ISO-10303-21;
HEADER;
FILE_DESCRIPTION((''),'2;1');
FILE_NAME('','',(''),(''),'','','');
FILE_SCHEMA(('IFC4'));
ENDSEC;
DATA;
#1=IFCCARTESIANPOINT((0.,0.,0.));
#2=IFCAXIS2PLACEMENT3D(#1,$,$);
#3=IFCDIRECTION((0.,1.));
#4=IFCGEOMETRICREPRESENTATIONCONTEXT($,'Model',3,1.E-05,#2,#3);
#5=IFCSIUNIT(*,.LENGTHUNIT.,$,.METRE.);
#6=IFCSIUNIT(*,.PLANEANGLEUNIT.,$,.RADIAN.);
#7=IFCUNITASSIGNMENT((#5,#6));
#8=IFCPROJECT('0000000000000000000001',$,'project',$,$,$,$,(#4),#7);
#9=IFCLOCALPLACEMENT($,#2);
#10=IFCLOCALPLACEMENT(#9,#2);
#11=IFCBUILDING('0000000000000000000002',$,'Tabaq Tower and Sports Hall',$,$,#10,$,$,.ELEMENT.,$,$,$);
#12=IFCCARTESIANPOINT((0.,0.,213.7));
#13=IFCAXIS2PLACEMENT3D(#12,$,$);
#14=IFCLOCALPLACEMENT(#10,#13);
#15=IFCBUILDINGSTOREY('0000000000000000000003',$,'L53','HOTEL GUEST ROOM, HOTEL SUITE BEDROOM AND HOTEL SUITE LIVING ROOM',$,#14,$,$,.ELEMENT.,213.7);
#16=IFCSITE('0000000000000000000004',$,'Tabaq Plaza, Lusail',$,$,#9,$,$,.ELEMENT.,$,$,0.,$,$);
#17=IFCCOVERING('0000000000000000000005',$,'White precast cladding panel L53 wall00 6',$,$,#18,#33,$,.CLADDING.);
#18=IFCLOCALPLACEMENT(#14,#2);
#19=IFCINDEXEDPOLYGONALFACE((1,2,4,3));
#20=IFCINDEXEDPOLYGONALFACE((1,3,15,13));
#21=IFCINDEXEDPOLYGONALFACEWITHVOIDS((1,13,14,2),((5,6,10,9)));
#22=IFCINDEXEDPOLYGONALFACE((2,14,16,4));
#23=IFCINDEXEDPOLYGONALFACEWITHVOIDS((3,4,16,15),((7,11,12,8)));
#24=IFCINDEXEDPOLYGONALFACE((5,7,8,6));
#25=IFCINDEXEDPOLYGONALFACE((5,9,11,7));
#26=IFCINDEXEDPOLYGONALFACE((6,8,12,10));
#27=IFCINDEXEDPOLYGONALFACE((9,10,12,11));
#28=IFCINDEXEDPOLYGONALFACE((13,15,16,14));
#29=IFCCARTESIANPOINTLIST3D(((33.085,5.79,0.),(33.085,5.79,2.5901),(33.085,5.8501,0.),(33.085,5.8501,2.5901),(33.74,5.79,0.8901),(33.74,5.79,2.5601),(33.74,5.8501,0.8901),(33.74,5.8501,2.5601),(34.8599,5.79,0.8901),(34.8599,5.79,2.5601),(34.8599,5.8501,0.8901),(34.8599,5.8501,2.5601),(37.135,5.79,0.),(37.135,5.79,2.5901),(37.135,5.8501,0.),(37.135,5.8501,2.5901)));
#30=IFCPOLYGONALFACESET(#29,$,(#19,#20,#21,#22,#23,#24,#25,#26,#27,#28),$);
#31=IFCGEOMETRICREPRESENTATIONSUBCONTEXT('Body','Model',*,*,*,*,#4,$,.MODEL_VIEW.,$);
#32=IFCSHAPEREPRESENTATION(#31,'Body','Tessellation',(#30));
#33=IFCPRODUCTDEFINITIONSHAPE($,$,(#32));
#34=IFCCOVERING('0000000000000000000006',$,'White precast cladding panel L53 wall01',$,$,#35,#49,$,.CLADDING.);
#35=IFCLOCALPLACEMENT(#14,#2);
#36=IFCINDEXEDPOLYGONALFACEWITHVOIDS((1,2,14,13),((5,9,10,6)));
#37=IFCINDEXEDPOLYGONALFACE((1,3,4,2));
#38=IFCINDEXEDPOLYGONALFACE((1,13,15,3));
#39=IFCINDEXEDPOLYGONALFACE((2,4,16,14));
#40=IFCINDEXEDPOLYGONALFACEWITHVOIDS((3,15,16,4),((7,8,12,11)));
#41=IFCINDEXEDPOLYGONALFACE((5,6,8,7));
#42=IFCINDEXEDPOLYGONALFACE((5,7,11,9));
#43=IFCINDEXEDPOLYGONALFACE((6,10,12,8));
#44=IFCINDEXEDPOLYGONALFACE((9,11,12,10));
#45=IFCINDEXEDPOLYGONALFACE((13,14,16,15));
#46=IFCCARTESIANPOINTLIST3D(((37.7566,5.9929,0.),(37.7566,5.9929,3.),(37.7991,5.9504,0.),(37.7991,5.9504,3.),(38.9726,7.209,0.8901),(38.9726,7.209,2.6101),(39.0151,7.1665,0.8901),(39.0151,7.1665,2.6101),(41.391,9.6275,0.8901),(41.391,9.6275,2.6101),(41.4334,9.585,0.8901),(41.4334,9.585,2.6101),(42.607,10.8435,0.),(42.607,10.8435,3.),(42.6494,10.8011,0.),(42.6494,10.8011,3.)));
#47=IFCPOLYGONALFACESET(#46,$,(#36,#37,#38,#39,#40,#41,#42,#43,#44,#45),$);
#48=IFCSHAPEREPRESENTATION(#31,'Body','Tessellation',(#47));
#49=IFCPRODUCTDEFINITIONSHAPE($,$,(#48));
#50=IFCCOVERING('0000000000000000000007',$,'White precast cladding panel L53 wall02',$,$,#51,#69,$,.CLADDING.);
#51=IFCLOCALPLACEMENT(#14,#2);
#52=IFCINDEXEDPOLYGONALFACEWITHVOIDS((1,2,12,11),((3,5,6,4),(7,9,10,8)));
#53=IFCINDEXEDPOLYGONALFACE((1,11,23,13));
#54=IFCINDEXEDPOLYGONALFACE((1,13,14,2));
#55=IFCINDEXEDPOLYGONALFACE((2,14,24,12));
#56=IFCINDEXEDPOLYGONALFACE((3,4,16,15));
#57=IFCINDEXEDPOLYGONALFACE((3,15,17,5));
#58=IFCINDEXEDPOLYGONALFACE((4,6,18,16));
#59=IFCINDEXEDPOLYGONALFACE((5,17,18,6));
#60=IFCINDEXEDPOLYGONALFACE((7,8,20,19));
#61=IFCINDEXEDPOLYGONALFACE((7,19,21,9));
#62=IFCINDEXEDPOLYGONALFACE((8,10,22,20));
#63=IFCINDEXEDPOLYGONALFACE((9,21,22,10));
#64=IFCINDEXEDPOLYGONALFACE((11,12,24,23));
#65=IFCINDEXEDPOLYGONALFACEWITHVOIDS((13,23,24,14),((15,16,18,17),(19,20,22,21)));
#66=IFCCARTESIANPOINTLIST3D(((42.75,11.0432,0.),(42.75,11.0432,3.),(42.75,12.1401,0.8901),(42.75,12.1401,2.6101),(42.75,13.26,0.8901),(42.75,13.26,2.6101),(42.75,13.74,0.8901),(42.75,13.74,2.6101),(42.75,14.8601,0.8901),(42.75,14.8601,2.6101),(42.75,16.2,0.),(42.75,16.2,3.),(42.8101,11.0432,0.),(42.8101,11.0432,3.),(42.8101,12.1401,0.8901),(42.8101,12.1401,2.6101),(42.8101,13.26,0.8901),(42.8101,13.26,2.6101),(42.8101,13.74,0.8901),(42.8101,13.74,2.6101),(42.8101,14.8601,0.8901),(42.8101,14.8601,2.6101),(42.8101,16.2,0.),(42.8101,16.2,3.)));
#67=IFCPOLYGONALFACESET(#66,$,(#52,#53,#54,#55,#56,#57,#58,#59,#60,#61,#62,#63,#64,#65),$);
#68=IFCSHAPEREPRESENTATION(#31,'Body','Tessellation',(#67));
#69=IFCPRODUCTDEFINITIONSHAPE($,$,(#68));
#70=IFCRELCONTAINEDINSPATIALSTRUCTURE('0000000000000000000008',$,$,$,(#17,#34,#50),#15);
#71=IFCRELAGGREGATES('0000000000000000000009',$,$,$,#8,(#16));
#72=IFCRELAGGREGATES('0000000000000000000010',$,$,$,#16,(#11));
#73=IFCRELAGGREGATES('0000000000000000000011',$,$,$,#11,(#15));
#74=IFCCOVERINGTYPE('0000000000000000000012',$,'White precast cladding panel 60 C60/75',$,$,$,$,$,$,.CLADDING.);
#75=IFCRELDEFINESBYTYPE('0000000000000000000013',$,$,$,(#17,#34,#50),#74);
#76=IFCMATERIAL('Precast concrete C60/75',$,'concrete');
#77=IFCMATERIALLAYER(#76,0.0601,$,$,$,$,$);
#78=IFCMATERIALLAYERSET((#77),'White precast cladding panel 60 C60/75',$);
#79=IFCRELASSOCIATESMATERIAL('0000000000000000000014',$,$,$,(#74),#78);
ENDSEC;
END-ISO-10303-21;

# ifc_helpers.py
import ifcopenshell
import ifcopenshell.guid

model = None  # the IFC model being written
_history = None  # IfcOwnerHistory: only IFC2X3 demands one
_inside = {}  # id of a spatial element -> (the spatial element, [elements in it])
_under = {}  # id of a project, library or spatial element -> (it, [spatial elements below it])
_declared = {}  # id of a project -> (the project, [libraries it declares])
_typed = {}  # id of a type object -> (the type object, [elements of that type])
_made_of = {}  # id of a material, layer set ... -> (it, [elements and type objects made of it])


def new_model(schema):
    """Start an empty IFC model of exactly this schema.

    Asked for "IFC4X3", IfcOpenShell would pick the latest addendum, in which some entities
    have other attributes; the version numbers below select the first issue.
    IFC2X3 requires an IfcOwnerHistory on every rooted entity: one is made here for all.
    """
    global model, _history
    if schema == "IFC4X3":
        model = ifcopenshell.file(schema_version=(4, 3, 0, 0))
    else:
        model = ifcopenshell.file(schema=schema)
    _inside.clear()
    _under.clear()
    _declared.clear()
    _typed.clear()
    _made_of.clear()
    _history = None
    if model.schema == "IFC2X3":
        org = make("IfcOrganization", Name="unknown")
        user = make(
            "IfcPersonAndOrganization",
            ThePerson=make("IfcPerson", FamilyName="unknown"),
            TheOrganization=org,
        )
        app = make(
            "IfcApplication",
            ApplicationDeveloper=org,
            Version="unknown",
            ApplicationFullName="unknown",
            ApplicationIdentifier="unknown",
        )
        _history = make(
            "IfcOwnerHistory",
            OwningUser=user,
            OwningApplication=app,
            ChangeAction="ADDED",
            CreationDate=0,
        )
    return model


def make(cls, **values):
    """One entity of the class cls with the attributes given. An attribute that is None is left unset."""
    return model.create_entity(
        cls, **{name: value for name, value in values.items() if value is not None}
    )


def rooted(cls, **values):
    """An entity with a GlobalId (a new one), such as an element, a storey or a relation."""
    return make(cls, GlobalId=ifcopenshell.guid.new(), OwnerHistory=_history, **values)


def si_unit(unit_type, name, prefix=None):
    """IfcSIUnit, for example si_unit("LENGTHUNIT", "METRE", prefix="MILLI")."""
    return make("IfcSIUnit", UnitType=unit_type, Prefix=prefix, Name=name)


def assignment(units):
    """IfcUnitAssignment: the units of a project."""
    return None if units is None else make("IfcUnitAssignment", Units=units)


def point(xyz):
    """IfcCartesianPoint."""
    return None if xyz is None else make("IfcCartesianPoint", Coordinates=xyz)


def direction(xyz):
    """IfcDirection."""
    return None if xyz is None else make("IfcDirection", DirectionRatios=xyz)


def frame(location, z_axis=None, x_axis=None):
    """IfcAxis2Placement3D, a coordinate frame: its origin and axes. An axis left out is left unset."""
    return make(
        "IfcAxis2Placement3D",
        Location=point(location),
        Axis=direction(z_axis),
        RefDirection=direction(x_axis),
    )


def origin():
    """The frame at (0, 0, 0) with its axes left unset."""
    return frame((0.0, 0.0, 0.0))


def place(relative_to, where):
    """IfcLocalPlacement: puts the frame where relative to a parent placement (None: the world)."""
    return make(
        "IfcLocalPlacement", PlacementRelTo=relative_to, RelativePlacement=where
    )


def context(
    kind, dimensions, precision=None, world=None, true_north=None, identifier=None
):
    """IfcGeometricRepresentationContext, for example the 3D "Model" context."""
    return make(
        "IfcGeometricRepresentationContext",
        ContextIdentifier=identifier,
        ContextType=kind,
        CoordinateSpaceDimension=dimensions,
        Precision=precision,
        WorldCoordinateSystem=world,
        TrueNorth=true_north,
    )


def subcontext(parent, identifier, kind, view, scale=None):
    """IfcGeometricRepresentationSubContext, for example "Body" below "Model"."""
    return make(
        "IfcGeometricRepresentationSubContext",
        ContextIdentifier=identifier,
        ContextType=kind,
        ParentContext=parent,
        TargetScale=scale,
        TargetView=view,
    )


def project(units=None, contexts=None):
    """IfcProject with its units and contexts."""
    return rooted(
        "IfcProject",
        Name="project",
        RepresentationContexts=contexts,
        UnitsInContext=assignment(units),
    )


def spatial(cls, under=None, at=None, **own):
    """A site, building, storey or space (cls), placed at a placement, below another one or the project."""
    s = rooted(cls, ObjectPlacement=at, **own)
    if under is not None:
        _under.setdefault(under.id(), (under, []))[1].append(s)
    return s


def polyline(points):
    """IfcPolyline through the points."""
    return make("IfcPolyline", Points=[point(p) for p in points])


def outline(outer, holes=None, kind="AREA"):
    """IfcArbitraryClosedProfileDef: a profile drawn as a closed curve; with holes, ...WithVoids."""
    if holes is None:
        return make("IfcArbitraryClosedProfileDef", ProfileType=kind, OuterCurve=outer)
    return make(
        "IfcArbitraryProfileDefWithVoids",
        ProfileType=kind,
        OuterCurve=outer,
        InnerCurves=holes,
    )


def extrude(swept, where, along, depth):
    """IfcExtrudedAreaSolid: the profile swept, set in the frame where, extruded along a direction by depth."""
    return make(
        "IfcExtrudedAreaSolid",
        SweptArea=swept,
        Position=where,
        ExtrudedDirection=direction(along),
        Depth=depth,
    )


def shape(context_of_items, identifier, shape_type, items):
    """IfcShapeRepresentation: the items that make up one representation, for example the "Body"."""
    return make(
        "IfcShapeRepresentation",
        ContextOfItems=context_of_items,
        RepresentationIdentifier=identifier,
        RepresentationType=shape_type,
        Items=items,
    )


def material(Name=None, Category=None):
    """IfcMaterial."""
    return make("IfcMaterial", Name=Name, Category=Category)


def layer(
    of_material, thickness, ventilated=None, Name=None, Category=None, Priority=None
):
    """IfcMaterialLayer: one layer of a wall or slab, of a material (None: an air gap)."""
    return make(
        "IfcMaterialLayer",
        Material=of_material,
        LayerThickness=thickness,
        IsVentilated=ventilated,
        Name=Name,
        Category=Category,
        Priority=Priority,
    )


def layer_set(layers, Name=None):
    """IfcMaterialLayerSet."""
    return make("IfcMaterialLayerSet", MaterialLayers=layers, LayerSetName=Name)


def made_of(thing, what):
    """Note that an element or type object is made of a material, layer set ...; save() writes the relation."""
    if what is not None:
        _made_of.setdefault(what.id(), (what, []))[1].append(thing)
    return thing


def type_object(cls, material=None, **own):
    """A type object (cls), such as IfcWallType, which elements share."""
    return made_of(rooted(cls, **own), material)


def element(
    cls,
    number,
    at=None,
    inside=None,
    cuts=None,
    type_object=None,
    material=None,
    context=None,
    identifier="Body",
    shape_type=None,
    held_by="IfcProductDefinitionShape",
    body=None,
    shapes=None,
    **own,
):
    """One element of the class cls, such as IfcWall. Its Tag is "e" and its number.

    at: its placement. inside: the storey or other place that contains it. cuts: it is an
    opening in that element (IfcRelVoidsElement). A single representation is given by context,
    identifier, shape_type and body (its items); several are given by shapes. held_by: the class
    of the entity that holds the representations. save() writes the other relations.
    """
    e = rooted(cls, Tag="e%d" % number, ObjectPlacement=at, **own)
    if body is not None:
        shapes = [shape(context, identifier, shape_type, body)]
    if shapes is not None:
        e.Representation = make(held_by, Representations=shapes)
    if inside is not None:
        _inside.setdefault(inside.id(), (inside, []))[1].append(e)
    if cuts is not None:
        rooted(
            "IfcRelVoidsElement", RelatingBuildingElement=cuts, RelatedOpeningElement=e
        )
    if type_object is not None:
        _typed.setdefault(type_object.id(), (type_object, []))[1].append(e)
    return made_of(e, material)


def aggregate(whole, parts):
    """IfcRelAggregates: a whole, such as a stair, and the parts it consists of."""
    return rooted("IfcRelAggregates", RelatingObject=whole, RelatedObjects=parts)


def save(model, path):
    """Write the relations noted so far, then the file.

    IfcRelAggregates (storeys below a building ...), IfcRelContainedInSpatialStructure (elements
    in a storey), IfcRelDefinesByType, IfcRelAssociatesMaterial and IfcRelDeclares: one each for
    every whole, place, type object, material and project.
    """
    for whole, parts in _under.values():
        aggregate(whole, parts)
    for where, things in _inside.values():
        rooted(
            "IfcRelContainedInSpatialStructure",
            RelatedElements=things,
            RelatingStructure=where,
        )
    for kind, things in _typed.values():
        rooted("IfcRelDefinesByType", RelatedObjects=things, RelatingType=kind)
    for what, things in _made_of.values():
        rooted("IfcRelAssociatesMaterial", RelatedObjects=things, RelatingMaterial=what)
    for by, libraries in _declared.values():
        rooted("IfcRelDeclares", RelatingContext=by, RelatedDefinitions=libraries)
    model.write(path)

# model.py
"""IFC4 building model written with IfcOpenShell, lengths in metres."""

from ifc_helpers import new_model, si_unit, direction, frame, origin, place, context, subcontext, project, spatial, polyline, outline, extrude, material, layer, layer_set, type_object, element, save


model = new_model("IFC4")

# Units and contexts
model_context = context("Model", 3, precision=1e-05, world=origin(), true_north=direction((0.0, 1.0)))
body_context = subcontext(model_context, "Body", "Model", "MODEL_VIEW")
ifc_project = project(units=[si_unit("LENGTHUNIT", "METRE"), si_unit("PLANEANGLEUNIT", "RADIAN")], contexts=[model_context])

# Site, building, storey
site_placement = place(None, origin())
site = spatial("IfcSite", under=ifc_project, at=site_placement, Name="Tabaq Plaza, Lusail", CompositionType="ELEMENT", RefElevation=0.0)
building_placement = place(site_placement, origin())
building = spatial("IfcBuilding", under=site, at=building_placement, Name="Tabaq Tower and Sports Hall", CompositionType="ELEMENT")
storey_placement = place(building_placement, frame((0.0, 0.0, 213.7)))
storey = spatial("IfcBuildingStorey", under=building, at=storey_placement, Name="L53", Description="HOTEL GUEST ROOM, HOTEL SUITE BEDROOM AND HOTEL SUITE LIVING ROOM", CompositionType="ELEMENT", Elevation=213.7)

# Coverings
ifc_material_1 = material(Name="Precast concrete C60/75", Category="concrete")
ifc_layer_1 = layer(ifc_material_1, 0.0601)
ifc_layer_set_1 = layer_set([ifc_layer_1], Name="White precast cladding panel 60 C60/75")
covering_type = type_object("IfcCoveringType", Name="White precast cladding panel 60 C60/75", PredefinedType="CLADDING", material=ifc_layer_set_1)
covering_1_placement = place(storey_placement, frame((33.085, 5.8201, 0.0), z_axis=(0.0, 0.0, 1.0), x_axis=(1.0, 0.0, 0.0)))
element("IfcCovering", 1, at=covering_1_placement, inside=storey, type_object=covering_type, Name="White precast cladding panel L53 wall00 6", PredefinedType="CLADDING", context=body_context, shape_type="SweptSolid", body=[
    extrude(outline(polyline([(0.0, 0.0), (4.05, 0.0), (4.05, 2.5901), (0.0, 2.5901), (0.0, 0.0)]), holes=[polyline([(1.7749, 0.8901), (0.655, 0.8901), (0.655, 2.5601), (1.7749, 2.5601), (1.7749, 0.8901)])]), frame((0.0, 0.03, 0.0), z_axis=(0.0, -1.0, 0.0), x_axis=(1.0, 0.0, 0.0)), (0.0, 0.0, 1.0), 0.0601),
])
covering_2_placement = place(storey_placement, frame((37.7778, 5.9717, 0.0), z_axis=(0.0, 0.0, 1.0), x_axis=(0.707089, 0.707125, 0.0)))
element("IfcCovering", 2, at=covering_2_placement, inside=storey, type_object=covering_type, Name="White precast cladding panel L53 wall01", PredefinedType="CLADDING", context=body_context, shape_type="SweptSolid", body=[
    extrude(outline(polyline([(0.0, 0.0), (6.8596, 0.0), (6.8596, 3.0), (0.0, 3.0), (0.0, 0.0)]), holes=[polyline([(1.7197, 0.8901), (1.7197, 2.6101), (5.1399, 2.6101), (5.1399, 0.8901), (1.7197, 0.8901)])]), frame((0.0, 0.03, 0.0), z_axis=(0.0, -1.0, 0.0), x_axis=(1.0, 0.0, 0.0)), (0.0, 0.0, 1.0), 0.0601),
])
covering_3_placement = place(storey_placement, frame((42.78, 11.0432, 0.0), z_axis=(0.0, 0.0, 1.0), x_axis=(0.0, 1.0, 0.0)))
element("IfcCovering", 3, at=covering_3_placement, inside=storey, type_object=covering_type, Name="White precast cladding panel L53 wall02", PredefinedType="CLADDING", context=body_context, shape_type="SweptSolid", body=[
    extrude(outline(polyline([(0.0, 0.0), (5.1567, 0.0), (5.1567, 3.0), (0.0, 3.0), (0.0, 0.0)]), holes=[polyline([(1.0969, 2.6101), (2.2168, 2.6101), (2.2168, 0.8901), (1.0969, 0.8901), (1.0969, 2.6101)]), polyline([(2.6968, 2.6101), (3.8169, 2.6101), (3.8169, 0.8901), (2.6968, 0.8901), (2.6968, 2.6101)])]), frame((0.0, 0.03, 0.0), z_axis=(0.0, -1.0, 0.0), x_axis=(1.0, 0.0, 0.0)), (0.0, 0.0, 1.0), 0.0601),
])

save(model, "model.ifc")
